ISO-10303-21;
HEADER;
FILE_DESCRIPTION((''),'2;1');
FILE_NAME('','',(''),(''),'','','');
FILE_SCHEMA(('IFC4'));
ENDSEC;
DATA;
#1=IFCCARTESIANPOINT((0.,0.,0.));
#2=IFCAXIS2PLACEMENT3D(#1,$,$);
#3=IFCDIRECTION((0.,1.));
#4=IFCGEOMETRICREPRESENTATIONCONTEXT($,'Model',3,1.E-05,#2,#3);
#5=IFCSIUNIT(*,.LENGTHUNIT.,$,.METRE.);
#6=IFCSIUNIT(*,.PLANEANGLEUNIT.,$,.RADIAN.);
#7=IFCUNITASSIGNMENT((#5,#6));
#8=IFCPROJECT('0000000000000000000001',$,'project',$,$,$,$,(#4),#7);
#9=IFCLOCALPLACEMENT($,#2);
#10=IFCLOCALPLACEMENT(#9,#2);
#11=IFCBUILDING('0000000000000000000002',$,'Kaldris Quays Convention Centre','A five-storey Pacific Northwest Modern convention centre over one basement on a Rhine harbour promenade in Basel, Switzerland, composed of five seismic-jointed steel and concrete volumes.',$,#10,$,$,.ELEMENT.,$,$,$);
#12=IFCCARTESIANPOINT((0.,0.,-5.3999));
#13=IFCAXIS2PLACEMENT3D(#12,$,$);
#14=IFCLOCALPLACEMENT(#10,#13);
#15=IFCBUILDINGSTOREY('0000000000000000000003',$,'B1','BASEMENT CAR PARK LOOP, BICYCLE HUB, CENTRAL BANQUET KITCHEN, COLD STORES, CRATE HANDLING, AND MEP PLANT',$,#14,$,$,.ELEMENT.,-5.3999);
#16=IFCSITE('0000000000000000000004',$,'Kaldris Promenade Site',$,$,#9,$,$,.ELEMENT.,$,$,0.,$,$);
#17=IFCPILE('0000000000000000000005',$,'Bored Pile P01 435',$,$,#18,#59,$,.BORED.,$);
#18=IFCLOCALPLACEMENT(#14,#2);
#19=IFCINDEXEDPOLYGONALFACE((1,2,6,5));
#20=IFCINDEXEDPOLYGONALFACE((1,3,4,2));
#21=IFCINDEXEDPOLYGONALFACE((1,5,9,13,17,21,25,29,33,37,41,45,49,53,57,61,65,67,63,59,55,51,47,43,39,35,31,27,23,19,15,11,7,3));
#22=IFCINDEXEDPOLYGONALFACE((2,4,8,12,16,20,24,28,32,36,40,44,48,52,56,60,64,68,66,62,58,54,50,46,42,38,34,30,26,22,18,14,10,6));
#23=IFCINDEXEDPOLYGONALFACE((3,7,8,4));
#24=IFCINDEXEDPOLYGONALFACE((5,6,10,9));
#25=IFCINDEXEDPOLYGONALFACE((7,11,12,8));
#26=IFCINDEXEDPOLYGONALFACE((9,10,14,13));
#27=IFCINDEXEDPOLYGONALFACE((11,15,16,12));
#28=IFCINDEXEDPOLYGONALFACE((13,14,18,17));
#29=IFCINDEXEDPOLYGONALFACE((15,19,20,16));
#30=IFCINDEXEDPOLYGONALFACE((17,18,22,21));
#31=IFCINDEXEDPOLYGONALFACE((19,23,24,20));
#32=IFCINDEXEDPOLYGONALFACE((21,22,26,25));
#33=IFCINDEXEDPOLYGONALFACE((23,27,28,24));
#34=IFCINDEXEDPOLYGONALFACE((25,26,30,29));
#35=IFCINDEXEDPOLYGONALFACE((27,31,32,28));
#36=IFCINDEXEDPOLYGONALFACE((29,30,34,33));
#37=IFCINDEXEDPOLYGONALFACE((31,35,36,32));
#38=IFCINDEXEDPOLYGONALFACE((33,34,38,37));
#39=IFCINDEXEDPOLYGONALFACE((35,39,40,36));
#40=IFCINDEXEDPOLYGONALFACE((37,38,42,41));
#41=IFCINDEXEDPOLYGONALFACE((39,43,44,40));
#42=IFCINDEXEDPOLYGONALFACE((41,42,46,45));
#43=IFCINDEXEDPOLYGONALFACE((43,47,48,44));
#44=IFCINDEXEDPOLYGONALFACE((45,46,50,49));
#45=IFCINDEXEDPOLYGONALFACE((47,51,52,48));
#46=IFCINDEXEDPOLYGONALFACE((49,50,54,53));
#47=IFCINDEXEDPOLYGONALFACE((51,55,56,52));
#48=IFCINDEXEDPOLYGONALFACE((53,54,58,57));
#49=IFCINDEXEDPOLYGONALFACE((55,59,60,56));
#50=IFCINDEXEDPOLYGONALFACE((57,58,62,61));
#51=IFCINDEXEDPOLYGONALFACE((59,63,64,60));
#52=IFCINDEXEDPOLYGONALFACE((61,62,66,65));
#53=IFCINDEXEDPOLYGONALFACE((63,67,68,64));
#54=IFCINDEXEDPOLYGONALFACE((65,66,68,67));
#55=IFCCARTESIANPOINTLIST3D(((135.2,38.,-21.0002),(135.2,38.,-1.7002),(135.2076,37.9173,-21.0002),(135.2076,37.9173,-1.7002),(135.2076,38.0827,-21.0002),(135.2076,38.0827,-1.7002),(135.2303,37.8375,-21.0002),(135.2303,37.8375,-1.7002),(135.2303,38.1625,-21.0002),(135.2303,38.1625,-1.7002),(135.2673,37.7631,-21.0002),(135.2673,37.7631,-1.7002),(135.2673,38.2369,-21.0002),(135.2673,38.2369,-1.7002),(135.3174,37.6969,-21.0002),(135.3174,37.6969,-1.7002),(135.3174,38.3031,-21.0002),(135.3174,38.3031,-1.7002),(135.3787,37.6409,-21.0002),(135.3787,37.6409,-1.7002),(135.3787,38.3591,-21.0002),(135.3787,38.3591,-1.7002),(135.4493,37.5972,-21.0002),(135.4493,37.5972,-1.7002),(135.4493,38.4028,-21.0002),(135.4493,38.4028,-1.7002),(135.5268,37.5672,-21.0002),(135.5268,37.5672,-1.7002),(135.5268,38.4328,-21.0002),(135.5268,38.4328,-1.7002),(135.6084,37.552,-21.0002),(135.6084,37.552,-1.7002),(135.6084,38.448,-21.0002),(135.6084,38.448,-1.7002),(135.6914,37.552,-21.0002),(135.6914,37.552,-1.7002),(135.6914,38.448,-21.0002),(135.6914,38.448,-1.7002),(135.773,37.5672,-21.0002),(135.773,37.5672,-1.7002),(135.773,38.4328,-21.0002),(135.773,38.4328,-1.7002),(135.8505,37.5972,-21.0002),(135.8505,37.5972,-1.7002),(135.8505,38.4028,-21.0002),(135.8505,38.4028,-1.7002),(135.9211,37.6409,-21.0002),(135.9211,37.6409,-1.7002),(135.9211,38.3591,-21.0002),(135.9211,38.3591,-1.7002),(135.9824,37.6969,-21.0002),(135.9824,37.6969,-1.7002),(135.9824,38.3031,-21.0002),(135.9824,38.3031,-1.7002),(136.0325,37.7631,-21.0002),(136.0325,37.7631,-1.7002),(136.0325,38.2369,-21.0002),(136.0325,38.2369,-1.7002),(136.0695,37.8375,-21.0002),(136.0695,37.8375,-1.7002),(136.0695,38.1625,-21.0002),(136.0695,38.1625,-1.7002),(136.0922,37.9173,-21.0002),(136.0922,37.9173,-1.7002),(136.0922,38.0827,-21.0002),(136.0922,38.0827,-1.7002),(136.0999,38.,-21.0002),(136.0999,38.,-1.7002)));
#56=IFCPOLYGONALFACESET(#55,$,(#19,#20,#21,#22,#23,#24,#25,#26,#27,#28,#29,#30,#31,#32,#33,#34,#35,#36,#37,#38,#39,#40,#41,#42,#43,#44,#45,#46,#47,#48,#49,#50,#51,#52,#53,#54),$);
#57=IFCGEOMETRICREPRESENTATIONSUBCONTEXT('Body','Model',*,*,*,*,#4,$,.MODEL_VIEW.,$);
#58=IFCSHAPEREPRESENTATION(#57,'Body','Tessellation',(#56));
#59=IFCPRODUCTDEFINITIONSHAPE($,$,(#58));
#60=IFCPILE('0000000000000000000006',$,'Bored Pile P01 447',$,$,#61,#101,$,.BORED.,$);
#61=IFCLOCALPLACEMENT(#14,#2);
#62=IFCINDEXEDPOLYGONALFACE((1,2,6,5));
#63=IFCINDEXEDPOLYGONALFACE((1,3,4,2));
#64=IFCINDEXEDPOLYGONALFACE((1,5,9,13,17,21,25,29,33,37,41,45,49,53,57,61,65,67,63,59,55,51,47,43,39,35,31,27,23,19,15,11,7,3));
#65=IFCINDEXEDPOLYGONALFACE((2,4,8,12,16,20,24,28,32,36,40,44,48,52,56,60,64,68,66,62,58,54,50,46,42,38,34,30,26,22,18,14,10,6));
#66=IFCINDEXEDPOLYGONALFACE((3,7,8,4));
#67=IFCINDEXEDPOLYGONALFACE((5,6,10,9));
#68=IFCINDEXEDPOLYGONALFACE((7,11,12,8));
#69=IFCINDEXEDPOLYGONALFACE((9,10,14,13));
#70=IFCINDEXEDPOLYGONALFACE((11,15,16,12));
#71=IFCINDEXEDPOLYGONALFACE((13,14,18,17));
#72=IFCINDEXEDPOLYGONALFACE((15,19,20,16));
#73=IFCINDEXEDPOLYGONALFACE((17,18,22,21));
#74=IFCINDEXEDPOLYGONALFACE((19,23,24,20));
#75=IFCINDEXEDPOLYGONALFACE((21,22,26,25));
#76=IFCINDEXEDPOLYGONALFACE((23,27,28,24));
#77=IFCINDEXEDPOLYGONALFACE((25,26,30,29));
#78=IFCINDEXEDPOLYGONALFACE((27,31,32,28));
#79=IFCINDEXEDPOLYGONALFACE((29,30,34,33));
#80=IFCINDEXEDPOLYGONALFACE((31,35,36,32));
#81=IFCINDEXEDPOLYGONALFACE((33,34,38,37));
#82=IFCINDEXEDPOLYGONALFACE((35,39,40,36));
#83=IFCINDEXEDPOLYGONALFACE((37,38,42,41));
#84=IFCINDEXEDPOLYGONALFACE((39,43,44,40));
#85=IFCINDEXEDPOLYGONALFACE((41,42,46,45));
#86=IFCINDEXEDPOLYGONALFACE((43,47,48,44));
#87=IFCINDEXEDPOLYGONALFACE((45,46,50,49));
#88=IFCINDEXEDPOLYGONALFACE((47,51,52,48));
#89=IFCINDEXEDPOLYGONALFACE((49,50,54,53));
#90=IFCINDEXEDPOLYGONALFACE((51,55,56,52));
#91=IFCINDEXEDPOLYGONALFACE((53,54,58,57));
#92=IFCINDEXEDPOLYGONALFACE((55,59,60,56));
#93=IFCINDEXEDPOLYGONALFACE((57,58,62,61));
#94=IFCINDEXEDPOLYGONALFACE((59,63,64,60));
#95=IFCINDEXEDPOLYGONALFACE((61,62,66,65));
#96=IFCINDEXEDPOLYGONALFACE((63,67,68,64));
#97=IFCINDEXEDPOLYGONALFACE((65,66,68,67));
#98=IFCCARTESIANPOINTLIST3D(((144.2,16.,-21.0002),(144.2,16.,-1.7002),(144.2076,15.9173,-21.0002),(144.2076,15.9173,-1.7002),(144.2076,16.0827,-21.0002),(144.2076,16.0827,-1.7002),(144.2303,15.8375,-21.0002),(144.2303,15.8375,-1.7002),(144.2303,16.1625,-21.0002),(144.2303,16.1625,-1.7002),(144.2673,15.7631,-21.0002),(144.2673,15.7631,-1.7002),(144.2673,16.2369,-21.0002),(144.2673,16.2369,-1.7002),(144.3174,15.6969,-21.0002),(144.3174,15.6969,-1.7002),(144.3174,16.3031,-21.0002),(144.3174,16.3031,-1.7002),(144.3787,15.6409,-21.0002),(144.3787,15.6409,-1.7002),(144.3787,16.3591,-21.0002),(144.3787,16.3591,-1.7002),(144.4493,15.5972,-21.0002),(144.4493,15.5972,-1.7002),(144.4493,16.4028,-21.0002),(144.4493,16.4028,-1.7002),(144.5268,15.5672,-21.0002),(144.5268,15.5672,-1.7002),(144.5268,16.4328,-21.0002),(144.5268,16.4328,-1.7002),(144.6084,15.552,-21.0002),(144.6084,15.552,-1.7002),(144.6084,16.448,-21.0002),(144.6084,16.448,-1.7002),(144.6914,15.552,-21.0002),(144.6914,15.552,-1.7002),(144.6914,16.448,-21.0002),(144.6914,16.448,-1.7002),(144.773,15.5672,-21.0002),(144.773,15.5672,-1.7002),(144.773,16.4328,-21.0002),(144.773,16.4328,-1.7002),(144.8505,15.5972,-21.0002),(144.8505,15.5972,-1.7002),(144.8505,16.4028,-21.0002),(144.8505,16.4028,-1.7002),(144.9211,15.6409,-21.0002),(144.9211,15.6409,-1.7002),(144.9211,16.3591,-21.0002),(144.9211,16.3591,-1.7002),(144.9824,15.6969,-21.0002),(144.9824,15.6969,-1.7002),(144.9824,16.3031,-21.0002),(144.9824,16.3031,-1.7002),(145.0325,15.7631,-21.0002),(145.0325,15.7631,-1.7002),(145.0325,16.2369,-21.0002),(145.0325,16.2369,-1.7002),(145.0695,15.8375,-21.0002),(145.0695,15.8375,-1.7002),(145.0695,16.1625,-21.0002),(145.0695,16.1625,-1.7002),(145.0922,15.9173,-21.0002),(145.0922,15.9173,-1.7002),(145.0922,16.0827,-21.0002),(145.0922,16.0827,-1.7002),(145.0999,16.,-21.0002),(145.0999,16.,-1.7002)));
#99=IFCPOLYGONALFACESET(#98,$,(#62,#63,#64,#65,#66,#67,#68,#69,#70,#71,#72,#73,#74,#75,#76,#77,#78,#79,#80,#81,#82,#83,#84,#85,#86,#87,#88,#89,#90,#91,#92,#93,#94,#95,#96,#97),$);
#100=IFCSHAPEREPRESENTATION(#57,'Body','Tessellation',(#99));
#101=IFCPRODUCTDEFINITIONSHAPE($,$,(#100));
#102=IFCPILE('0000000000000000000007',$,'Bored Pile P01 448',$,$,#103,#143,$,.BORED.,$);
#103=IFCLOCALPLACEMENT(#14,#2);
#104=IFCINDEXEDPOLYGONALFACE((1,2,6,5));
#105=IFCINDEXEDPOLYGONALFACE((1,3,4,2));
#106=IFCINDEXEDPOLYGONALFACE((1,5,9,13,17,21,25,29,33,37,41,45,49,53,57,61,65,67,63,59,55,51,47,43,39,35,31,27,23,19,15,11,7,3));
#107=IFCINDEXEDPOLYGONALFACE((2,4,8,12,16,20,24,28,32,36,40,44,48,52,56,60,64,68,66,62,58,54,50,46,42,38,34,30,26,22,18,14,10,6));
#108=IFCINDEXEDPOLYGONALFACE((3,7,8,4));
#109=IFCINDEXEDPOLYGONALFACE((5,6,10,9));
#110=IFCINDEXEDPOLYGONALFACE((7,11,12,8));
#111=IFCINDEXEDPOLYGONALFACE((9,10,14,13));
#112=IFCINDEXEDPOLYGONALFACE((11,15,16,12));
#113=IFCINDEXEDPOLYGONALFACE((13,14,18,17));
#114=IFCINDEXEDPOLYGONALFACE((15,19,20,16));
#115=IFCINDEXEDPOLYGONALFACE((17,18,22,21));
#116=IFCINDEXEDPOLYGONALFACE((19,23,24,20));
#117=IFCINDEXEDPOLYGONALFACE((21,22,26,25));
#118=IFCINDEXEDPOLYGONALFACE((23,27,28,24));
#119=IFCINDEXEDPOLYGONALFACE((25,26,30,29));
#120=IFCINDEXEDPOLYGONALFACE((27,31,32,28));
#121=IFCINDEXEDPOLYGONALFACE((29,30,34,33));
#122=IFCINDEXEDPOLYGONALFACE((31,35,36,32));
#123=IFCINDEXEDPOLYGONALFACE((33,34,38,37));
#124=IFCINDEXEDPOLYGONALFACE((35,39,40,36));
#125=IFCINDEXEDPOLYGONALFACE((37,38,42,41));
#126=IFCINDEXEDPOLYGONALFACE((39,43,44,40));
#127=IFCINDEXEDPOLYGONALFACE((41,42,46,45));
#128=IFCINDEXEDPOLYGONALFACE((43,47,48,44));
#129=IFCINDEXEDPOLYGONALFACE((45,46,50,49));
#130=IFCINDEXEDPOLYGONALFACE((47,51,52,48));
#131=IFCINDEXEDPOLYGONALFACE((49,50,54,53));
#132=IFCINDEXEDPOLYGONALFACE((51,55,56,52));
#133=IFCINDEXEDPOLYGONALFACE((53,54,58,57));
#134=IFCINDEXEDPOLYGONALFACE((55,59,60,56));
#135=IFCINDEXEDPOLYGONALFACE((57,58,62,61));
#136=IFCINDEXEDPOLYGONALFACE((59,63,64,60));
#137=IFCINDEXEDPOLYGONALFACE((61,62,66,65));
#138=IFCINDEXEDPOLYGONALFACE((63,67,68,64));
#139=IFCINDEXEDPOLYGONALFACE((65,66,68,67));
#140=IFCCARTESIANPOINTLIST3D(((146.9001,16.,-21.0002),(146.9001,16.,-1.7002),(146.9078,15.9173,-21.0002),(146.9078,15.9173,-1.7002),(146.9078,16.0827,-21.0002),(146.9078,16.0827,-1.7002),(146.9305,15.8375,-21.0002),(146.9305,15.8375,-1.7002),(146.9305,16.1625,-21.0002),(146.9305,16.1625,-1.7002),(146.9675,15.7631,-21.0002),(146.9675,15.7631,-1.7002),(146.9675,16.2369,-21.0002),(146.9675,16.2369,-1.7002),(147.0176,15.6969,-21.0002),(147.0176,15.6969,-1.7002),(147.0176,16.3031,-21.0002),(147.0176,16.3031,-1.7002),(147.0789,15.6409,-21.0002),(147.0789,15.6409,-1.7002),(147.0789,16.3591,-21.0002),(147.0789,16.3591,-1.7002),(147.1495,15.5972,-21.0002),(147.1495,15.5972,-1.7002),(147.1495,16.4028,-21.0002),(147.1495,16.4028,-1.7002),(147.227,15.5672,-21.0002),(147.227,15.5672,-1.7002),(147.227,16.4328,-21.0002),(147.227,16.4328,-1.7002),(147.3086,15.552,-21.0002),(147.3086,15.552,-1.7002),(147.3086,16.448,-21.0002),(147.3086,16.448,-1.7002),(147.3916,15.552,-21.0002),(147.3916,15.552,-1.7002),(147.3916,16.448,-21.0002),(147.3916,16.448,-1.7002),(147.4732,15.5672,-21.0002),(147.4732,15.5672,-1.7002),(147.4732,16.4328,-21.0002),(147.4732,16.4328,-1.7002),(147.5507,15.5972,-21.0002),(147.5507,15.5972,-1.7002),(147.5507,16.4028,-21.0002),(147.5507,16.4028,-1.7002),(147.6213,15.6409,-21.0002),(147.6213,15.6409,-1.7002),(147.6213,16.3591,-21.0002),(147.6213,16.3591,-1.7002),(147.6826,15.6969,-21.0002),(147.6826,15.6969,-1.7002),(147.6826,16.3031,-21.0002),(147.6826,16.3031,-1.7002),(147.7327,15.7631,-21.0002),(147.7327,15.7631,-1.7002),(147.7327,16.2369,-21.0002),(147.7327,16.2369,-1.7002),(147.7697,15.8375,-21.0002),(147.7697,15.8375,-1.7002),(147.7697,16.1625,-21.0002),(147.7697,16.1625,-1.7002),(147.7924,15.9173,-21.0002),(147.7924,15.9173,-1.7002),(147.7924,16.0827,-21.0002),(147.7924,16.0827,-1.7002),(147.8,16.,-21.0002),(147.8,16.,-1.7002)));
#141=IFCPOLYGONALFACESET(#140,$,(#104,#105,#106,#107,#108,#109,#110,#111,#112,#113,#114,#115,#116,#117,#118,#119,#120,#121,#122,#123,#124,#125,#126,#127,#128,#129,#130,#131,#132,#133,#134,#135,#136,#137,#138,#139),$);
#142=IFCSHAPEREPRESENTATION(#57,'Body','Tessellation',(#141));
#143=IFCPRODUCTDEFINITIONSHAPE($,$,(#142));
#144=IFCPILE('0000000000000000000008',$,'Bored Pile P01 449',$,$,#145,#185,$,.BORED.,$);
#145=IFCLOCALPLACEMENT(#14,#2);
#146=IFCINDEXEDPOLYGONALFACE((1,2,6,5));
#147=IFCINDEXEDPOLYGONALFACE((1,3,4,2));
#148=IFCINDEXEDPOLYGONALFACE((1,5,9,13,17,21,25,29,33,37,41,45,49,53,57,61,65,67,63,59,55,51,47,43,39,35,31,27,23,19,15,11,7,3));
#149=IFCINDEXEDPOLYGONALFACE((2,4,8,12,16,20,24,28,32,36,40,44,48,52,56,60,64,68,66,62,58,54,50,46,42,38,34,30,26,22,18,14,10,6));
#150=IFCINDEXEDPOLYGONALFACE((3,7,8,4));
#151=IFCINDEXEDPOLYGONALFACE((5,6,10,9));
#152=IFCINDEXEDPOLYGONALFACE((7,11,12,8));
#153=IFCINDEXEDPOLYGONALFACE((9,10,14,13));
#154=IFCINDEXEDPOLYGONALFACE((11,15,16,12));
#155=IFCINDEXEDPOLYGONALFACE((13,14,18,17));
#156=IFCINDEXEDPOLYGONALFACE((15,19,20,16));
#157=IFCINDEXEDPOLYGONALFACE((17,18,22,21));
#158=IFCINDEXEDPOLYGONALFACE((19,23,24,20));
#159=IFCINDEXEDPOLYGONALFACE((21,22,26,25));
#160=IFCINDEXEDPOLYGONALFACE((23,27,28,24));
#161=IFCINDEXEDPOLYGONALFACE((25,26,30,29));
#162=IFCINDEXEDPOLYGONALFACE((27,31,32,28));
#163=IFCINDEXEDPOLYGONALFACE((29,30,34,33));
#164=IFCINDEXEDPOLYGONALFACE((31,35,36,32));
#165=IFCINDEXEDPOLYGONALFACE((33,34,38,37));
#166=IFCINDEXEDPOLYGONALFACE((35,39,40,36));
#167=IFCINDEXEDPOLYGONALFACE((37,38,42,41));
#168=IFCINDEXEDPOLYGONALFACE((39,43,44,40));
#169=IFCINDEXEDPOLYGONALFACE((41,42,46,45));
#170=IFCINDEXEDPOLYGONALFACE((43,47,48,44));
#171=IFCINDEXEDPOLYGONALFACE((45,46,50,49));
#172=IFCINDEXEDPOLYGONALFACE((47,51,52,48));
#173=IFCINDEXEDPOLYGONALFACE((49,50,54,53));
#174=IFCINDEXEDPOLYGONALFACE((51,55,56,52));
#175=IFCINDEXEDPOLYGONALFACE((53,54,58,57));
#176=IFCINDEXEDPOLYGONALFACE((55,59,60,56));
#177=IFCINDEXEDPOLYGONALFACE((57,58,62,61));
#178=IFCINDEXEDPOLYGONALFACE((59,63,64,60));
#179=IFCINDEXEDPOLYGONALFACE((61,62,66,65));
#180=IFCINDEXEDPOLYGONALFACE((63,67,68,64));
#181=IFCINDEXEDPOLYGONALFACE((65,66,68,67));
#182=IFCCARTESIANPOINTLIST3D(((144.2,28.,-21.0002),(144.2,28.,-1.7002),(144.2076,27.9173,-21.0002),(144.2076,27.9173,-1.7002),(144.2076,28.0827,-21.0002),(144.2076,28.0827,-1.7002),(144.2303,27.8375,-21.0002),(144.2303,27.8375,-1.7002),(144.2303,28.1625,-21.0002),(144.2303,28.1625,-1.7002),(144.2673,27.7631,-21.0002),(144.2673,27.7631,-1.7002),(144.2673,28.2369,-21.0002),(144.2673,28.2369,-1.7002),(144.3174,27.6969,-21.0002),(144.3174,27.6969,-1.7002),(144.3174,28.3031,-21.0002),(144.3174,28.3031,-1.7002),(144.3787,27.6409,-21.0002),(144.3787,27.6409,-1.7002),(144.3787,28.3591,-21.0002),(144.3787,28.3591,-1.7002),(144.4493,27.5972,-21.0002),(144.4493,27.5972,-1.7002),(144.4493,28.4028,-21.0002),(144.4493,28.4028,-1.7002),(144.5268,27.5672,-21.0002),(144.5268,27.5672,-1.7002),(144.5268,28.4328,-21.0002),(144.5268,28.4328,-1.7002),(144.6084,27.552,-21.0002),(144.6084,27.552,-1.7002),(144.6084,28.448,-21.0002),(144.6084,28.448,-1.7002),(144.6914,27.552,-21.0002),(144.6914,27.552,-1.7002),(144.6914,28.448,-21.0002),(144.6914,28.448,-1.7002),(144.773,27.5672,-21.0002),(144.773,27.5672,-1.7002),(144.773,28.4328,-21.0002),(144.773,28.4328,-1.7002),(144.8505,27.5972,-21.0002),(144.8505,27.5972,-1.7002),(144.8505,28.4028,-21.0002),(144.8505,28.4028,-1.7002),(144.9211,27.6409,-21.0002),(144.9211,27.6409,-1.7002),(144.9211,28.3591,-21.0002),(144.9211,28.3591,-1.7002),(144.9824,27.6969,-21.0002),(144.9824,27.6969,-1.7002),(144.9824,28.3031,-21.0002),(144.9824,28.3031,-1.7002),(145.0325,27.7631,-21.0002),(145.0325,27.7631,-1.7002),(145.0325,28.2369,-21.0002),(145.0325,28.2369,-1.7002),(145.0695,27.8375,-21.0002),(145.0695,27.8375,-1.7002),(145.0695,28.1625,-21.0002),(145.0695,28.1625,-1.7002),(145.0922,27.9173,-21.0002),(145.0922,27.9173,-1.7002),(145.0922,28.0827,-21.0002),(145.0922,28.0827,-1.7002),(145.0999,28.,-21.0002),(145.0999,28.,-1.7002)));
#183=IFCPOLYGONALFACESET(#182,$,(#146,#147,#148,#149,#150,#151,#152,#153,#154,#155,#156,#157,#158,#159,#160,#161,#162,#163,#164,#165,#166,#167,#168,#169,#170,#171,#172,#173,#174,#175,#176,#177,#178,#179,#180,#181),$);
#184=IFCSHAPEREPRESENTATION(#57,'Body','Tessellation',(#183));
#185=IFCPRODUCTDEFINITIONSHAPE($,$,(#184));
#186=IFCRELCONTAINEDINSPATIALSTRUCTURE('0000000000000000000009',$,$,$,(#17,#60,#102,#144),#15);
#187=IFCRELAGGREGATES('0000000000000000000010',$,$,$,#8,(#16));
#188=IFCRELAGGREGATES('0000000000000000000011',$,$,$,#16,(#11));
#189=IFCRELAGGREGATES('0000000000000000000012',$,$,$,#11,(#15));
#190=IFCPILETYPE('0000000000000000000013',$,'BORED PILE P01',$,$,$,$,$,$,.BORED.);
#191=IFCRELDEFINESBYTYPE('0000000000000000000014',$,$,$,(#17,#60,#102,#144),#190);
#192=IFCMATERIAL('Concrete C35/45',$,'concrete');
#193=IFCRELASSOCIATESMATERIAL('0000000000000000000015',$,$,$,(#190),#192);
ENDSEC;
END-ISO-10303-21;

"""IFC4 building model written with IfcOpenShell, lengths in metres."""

from ifc_helpers import new_model, si_unit, direction, frame, origin, origin_2d, place, context, subcontext, project, spatial, circle, extrude, material, material_profile, profile_set, type_object, element, save


model = new_model("IFC4")

# Units and contexts
model_context = context("Model", 3, precision=1e-05, world=origin(), true_north=direction((0.0, 1.0)))
body_context = subcontext(model_context, "Body", "Model", "MODEL_VIEW")
ifc_project = project(units=[si_unit("LENGTHUNIT", "METRE"), si_unit("PLANEANGLEUNIT", "RADIAN")], contexts=[model_context])

# Site, building, storey
site_placement = place(None, origin())
site = spatial("IfcSite", under=ifc_project, at=site_placement, Name="Kaldris Promenade Site", CompositionType="ELEMENT", RefElevation=0.0)
building_placement = place(site_placement, origin())
building = spatial("IfcBuilding", under=site, at=building_placement, Name="Kaldris Quays Convention Centre", Description="A five-storey Pacific Northwest Modern convention centre over one basement on a Rhine harbour promenade in Basel, Switzerland, composed of five seismic-jointed steel and concrete volumes.", CompositionType="ELEMENT")
storey_placement = place(building_placement, frame((0.0, 0.0, -5.3999)))
storey = spatial("IfcBuildingStorey", under=building, at=storey_placement, Name="B1", Description="BASEMENT CAR PARK LOOP, BICYCLE HUB, CENTRAL BANQUET KITCHEN, COLD STORES, CRATE HANDLING, AND MEP PLANT", CompositionType="ELEMENT", Elevation=-5.3999)

# Piles
ifc_material_1 = material(Name="Concrete C35/45", Category="concrete")
ifc_material_profile_1 = material_profile(ifc_material_1, circle(Radius=0.45, at=origin_2d()), Name="BORED PILE D900")
ifc_profile_set_1 = profile_set([ifc_material_profile_1], Name="Concrete C35/45")
pile_type_1 = type_object("IfcPileType", Name="BORED PILE P01", PredefinedType="BORED", material=ifc_profile_set_1)
for number, where, z_axis, x_axis, name in (
    (1, (135.6499, 38.0, -1.7002), (0.0, 0.0, -1.0), (1.0, 0.0, 0.0), "Bored Pile P01 435"),
    (2, (144.6499, 16.0, -1.7002), (0.0, 0.0, -1.0), (1.0, 0.0, 0.0), "Bored Pile P01 447"),
    (3, (147.3501, 16.0, -1.7002), (0.0, 0.0, -1.0), (1.0, 0.0, 0.0), "Bored Pile P01 448"),
    (4, (144.6499, 28.0, -1.7002), (0.0, 0.0, -1.0), (1.0, 0.0, 0.0), "Bored Pile P01 449"),
):
    element("IfcPile", number, at=place(storey_placement, frame(where, z_axis=z_axis, x_axis=x_axis)), inside=storey, type_object=pile_type_1, Name=name, PredefinedType="BORED", context=body_context, shape_type="SweptSolid", body=[
        extrude(circle(Radius=0.45, at=origin_2d()), origin(), (0.0, 0.0, 1.0), 19.3),
    ])

save(model, "model.ifc")
